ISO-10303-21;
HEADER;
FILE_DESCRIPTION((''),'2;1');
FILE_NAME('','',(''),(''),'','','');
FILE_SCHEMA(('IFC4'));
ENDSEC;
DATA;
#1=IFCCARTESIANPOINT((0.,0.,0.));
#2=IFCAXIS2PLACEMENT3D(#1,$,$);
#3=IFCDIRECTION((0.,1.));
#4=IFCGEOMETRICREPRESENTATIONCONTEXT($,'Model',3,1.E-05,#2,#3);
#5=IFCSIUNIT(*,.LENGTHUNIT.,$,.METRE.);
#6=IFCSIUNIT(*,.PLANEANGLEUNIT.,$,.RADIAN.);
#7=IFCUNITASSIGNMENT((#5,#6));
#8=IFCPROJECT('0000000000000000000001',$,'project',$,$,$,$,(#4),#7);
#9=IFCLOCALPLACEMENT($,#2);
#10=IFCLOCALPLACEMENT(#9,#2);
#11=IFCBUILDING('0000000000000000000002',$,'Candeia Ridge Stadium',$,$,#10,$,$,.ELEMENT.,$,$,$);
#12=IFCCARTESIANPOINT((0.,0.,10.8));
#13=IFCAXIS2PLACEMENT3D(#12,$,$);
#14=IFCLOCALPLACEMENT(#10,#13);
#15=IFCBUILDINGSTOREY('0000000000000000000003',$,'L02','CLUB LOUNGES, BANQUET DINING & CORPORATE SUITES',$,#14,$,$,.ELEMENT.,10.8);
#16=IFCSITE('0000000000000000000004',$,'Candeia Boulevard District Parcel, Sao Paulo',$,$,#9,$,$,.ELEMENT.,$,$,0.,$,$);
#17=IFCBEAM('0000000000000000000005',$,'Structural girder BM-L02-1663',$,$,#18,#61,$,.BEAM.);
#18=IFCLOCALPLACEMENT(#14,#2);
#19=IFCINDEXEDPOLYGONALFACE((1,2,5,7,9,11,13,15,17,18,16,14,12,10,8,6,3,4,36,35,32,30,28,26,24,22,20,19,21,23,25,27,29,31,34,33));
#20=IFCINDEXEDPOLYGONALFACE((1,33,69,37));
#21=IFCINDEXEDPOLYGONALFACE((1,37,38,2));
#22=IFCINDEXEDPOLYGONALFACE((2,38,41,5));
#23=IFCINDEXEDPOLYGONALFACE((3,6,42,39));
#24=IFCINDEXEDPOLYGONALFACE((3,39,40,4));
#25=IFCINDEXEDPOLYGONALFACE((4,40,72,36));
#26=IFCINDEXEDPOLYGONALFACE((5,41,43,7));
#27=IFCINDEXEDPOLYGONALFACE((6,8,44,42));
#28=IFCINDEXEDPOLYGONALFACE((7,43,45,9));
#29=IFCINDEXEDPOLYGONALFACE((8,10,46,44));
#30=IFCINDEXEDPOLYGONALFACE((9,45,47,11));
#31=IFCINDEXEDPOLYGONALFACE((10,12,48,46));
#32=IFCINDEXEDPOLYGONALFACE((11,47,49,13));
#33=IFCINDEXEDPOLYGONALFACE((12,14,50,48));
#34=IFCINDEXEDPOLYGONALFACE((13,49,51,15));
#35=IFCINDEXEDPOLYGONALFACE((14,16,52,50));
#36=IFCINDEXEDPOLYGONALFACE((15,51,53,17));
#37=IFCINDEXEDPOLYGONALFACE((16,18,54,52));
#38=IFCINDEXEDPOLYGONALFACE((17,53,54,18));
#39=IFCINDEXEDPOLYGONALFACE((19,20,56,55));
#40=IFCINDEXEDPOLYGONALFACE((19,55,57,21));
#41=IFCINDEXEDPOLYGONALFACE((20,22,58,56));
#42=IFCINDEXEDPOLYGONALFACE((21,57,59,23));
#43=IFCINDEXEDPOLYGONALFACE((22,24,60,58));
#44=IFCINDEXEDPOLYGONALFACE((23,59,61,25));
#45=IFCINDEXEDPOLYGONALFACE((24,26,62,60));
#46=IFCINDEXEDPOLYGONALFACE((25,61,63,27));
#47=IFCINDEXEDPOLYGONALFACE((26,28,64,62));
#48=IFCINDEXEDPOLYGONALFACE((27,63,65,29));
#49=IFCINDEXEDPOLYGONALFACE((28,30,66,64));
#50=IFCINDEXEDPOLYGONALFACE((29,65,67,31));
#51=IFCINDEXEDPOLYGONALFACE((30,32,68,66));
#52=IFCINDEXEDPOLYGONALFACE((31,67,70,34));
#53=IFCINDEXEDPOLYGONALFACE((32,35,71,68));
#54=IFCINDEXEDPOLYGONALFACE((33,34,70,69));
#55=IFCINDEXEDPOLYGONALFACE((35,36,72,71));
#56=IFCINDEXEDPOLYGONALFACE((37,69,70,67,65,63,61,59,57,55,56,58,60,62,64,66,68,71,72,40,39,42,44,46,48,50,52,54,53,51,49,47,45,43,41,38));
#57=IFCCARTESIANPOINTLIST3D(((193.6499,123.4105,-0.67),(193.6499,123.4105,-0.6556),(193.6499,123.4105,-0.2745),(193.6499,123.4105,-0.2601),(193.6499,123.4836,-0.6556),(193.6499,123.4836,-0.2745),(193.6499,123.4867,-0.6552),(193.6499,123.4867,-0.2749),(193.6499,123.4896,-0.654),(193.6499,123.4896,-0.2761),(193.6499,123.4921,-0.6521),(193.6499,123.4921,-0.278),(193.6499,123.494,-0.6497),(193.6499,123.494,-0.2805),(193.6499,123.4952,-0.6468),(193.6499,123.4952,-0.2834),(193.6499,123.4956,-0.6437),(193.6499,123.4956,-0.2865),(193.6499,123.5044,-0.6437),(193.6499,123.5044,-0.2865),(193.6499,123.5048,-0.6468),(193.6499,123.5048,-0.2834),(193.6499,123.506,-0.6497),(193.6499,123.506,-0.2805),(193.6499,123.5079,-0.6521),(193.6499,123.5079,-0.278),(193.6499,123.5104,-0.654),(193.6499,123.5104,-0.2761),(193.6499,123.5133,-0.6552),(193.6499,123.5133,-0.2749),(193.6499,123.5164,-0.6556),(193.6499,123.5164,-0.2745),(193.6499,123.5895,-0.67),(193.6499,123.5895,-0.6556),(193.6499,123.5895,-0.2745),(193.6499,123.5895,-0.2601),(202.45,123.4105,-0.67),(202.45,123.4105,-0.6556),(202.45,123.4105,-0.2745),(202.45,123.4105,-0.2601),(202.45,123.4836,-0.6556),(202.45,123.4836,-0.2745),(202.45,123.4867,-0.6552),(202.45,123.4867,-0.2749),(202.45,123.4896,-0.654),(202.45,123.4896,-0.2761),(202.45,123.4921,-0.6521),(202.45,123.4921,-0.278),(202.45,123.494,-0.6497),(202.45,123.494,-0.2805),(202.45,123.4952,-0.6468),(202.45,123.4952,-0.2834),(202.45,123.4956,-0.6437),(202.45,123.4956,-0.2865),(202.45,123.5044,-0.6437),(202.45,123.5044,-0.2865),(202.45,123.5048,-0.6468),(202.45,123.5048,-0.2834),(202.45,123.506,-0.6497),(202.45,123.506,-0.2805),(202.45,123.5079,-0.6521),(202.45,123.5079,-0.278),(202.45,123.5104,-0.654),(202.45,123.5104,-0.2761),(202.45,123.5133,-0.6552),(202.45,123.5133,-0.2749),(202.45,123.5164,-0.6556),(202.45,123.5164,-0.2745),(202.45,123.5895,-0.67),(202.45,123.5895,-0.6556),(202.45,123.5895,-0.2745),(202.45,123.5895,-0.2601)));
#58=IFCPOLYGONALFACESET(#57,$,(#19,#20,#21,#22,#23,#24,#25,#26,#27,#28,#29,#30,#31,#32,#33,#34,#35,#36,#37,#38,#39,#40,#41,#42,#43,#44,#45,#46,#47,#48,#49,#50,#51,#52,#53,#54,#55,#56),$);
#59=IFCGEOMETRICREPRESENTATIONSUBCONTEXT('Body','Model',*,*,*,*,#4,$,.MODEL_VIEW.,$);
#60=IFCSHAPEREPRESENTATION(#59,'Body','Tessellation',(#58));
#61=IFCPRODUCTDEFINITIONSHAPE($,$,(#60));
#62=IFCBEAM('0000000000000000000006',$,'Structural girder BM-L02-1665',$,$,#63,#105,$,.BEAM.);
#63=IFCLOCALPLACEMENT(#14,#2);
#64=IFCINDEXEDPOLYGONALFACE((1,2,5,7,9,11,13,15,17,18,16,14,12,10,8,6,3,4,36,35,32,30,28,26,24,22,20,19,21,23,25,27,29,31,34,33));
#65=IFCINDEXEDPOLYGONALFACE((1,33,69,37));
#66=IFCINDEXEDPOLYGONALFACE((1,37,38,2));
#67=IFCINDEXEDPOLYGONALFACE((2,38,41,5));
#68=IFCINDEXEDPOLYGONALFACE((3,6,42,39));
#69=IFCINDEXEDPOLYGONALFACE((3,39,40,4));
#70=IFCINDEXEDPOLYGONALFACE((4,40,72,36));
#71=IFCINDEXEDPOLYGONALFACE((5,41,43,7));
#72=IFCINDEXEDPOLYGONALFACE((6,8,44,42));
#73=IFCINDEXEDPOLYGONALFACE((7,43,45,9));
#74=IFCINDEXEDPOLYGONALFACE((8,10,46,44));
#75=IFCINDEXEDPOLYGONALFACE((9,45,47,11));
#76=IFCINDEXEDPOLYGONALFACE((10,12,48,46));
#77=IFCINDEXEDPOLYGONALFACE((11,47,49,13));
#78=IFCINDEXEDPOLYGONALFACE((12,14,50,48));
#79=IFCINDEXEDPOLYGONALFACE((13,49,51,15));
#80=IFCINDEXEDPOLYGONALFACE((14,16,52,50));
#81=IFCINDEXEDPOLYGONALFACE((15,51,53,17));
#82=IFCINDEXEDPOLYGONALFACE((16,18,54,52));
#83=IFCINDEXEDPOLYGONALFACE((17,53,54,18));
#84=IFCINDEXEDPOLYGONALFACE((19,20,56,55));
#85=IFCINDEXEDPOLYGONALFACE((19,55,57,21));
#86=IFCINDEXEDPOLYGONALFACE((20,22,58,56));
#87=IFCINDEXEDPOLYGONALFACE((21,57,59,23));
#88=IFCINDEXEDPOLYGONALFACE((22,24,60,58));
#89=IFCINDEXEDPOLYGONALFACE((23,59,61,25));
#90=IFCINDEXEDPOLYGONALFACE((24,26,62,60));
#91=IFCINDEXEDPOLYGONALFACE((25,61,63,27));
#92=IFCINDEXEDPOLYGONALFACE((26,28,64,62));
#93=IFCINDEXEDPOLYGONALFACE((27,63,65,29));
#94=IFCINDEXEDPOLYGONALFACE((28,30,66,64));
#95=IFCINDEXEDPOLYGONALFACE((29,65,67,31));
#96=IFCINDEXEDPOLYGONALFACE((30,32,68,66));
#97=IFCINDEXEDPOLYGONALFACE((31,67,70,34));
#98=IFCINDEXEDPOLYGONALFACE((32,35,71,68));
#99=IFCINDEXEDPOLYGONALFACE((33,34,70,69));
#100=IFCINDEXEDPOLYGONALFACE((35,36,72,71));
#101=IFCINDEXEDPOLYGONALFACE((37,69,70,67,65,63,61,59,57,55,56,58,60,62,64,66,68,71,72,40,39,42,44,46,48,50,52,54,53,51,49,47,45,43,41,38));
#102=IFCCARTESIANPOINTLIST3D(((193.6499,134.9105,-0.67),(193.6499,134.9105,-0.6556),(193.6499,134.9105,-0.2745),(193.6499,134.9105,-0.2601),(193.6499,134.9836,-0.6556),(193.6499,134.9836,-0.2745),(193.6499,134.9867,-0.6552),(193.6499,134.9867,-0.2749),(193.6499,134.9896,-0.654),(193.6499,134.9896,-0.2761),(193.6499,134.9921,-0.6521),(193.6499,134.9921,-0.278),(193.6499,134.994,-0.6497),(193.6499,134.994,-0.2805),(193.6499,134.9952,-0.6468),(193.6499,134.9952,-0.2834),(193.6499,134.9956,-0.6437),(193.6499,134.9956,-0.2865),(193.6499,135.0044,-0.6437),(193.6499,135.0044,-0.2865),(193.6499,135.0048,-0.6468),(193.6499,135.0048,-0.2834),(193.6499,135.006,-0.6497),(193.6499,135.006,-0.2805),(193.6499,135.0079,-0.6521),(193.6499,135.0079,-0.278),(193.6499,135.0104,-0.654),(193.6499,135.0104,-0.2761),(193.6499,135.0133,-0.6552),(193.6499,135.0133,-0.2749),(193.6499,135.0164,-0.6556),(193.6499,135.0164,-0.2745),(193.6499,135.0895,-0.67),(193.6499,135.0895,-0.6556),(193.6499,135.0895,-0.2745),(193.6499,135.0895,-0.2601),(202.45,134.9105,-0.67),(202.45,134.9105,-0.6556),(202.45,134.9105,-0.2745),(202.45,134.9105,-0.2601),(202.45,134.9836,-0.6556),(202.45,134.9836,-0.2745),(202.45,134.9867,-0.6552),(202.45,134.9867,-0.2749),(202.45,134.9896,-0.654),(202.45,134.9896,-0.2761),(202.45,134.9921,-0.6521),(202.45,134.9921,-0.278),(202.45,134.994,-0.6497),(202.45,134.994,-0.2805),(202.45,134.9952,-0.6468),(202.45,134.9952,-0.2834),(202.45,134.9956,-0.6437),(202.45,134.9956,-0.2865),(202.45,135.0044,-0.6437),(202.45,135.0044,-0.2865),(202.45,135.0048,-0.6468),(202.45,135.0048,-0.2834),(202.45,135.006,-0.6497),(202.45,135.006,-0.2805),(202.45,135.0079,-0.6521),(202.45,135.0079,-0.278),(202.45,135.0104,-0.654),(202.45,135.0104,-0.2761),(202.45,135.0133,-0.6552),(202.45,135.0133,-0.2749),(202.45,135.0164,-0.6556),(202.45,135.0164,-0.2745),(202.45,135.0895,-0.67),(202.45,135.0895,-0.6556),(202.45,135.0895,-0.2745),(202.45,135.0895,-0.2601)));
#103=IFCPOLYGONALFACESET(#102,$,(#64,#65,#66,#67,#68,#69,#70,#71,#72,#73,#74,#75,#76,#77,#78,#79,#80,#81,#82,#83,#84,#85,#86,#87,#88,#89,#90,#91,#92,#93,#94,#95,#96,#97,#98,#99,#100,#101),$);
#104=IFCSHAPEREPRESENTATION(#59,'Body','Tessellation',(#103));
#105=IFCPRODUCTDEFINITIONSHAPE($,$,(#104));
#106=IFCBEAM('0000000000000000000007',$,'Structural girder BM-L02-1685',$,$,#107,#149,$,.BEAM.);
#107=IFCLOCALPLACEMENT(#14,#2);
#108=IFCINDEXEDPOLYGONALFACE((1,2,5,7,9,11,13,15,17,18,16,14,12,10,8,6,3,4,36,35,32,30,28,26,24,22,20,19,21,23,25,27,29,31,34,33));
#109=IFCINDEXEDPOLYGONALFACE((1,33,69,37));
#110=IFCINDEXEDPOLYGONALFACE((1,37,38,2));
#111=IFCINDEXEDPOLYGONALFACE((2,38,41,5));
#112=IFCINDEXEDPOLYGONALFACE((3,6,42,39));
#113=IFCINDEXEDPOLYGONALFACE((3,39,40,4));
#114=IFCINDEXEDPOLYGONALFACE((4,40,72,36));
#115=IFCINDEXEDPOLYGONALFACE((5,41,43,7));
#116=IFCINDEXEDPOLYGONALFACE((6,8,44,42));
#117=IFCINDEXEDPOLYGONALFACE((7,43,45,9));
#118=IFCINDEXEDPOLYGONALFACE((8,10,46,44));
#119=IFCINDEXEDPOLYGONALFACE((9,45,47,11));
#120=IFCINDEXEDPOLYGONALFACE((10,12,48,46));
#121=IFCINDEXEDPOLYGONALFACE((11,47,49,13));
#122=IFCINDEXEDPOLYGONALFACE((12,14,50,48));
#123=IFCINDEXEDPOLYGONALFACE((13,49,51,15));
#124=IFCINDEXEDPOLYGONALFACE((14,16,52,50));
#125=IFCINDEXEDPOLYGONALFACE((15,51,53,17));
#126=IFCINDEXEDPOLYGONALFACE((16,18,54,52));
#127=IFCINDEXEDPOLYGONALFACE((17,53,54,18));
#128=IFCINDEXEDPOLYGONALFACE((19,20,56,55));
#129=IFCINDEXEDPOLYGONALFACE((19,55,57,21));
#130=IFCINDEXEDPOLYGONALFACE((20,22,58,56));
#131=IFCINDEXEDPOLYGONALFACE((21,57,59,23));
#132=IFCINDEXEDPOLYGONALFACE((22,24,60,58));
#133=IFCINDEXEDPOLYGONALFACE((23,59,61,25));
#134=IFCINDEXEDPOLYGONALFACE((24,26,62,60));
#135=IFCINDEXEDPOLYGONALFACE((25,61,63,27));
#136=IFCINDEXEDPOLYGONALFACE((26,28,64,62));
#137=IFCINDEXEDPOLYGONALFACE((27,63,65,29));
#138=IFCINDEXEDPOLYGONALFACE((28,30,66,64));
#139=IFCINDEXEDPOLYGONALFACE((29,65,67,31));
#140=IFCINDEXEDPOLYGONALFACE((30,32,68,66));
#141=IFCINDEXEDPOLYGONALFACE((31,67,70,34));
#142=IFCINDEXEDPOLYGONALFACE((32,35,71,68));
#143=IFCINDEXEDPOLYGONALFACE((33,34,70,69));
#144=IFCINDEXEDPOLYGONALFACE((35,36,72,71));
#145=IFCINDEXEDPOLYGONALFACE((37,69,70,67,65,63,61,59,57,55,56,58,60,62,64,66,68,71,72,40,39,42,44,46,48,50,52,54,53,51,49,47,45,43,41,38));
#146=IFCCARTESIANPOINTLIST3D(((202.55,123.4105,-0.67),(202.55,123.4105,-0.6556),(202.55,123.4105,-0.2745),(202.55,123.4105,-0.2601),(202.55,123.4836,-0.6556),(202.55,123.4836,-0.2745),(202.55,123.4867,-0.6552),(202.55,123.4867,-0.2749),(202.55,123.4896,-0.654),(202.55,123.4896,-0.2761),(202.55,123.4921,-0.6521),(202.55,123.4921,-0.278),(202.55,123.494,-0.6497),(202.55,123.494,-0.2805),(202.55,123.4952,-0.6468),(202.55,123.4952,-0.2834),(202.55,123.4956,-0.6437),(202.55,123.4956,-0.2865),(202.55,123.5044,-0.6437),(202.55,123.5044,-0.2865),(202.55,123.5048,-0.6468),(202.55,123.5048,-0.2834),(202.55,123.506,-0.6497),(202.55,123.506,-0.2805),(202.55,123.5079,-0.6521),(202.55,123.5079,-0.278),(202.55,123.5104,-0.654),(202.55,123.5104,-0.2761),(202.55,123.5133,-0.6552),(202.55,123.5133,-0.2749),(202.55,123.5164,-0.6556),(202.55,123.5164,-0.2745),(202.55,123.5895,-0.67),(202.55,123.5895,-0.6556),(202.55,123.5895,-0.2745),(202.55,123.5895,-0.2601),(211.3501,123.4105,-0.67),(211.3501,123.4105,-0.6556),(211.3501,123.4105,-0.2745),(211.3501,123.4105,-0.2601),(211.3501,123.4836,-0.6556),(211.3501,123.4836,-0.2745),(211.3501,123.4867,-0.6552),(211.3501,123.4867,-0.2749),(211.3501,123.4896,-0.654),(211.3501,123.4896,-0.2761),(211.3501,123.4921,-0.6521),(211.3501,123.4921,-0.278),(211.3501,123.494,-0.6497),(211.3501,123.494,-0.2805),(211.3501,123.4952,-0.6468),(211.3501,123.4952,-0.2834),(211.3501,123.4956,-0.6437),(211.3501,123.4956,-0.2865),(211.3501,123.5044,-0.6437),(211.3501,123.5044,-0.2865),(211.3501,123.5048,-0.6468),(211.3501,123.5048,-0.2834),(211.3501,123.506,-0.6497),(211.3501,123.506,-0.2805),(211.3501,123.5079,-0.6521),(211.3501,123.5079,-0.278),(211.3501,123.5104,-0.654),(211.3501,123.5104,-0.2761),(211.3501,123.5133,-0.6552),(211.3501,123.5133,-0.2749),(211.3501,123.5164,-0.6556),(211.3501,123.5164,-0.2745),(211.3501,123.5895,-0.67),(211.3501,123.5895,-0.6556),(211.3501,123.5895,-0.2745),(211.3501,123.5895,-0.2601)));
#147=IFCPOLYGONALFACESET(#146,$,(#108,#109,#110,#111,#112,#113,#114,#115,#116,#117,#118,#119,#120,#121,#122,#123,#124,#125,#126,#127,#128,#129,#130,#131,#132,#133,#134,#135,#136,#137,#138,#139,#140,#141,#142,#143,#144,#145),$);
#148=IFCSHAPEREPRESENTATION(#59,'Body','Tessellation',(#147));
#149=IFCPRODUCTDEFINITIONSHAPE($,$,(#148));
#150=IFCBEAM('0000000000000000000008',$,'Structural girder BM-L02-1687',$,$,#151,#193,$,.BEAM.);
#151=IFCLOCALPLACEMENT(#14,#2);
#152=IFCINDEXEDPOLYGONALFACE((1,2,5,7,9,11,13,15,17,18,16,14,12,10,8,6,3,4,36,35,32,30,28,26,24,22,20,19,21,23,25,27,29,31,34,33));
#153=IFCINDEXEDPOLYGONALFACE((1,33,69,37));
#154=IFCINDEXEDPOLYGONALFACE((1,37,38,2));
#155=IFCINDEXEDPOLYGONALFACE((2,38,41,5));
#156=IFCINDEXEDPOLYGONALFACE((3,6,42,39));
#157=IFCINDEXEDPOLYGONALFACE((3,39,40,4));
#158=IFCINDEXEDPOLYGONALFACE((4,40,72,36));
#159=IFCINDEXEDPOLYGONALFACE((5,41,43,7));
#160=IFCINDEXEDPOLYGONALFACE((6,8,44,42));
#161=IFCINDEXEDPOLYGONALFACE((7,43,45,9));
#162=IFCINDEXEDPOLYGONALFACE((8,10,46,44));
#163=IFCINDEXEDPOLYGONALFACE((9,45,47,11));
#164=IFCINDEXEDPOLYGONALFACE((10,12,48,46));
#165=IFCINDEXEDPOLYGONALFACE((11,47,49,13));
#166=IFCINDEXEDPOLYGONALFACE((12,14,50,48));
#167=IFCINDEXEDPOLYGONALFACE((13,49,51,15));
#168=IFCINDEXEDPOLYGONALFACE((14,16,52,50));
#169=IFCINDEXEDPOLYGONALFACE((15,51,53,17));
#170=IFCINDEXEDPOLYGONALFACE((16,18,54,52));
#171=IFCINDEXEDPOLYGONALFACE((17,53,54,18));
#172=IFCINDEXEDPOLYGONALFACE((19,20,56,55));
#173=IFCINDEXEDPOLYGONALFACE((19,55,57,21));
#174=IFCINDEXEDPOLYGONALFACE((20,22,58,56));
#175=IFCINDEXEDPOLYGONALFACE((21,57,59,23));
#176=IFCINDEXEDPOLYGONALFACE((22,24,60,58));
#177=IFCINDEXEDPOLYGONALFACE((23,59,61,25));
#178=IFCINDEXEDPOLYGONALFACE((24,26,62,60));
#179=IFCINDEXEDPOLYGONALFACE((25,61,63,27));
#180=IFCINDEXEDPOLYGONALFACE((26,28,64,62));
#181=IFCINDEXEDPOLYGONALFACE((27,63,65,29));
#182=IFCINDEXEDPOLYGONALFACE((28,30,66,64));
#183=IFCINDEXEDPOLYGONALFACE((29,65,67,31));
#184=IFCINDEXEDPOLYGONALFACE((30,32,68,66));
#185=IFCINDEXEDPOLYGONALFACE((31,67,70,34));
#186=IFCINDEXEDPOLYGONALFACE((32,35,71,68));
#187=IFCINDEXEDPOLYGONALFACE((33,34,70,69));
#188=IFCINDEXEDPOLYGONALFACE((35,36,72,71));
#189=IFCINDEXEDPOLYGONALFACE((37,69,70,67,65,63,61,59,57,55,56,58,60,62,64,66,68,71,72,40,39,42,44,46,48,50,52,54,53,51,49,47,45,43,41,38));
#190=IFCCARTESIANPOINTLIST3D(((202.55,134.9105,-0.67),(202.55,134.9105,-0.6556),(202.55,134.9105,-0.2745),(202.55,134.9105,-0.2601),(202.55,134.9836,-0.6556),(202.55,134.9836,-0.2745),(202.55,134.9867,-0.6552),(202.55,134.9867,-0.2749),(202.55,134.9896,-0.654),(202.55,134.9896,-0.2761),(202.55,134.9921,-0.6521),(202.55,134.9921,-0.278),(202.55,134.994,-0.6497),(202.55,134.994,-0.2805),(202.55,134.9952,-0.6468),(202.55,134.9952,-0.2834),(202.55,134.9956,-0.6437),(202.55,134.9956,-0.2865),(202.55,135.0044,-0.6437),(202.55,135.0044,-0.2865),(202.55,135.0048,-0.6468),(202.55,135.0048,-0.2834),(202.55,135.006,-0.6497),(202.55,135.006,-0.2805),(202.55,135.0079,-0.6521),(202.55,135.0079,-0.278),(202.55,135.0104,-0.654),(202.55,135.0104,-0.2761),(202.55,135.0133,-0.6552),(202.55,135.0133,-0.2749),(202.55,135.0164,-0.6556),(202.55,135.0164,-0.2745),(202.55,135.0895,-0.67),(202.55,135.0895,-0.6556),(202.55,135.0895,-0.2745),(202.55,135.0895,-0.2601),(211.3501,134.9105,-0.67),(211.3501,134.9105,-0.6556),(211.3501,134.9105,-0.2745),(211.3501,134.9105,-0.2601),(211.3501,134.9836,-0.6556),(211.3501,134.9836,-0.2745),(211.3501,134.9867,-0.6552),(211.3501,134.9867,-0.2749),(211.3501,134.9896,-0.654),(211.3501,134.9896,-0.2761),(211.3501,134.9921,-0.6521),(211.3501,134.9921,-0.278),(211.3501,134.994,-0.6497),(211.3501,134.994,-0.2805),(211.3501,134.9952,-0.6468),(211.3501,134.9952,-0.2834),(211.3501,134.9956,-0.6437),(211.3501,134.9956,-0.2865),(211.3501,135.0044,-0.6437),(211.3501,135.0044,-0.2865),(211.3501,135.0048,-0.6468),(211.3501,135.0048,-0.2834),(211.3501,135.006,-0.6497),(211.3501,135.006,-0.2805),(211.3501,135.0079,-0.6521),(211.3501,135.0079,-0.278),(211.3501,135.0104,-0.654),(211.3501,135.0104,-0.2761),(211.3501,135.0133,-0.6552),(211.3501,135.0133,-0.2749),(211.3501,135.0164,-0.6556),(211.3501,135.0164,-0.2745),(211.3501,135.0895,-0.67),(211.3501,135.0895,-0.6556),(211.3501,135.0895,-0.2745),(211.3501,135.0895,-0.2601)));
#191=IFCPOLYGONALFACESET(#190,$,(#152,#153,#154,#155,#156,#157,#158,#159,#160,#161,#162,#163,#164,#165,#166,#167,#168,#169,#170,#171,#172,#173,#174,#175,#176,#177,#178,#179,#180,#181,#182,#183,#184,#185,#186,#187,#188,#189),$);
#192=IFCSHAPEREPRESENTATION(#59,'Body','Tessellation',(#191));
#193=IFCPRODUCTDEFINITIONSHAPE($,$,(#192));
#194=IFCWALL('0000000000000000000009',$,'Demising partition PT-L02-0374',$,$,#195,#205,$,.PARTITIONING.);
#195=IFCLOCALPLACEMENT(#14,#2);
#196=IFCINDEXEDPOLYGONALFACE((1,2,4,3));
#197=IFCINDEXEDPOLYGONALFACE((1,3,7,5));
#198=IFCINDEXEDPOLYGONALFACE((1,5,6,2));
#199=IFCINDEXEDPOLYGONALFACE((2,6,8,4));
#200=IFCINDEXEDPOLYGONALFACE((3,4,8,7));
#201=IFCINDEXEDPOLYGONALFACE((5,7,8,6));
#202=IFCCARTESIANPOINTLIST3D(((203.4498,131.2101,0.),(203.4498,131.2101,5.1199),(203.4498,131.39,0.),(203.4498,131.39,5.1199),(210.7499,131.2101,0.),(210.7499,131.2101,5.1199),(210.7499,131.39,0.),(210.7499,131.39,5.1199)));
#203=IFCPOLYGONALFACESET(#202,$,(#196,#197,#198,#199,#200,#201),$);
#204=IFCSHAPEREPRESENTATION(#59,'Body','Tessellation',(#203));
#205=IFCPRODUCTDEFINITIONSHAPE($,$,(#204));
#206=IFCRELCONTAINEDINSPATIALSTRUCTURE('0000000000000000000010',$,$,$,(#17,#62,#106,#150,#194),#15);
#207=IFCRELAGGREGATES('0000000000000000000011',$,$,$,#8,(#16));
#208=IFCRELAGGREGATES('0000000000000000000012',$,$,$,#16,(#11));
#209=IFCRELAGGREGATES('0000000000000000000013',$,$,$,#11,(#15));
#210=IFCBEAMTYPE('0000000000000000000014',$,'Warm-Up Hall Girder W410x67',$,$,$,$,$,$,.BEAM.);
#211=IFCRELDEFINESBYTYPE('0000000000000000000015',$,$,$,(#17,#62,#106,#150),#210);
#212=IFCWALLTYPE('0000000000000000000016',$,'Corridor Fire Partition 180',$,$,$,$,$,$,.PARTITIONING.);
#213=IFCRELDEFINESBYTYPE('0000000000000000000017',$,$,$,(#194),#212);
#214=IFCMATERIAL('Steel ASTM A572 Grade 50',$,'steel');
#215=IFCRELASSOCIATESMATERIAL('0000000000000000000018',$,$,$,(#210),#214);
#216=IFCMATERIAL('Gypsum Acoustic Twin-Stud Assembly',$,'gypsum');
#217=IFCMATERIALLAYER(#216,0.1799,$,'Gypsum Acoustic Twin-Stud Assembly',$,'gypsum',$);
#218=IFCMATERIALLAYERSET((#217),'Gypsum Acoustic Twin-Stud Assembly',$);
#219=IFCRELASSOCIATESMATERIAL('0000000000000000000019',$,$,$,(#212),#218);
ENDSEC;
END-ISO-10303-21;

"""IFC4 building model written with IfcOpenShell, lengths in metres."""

from ifc_helpers import new_model, si_unit, direction, frame, frame_2d, origin, origin_2d, place, context, subcontext, project, spatial, rectangle, i_section, extrude, material, layer, layer_set, material_profile, profile_set, type_object, element, save


model = new_model("IFC4")

# Units and contexts
model_context = context("Model", 3, precision=1e-05, world=origin(), true_north=direction((0.0, 1.0)))
body_context = subcontext(model_context, "Body", "Model", "MODEL_VIEW")
ifc_project = project(units=[si_unit("LENGTHUNIT", "METRE"), si_unit("PLANEANGLEUNIT", "RADIAN")], contexts=[model_context])

# Site, building, storey
site_placement = place(None, origin())
site = spatial("IfcSite", under=ifc_project, at=site_placement, Name="Candeia Boulevard District Parcel, Sao Paulo", CompositionType="ELEMENT", RefElevation=0.0)
building_placement = place(site_placement, origin())
building = spatial("IfcBuilding", under=site, at=building_placement, Name="Candeia Ridge Stadium", CompositionType="ELEMENT")
storey_placement = place(building_placement, frame((0.0, 0.0, 10.8)))
storey = spatial("IfcBuildingStorey", under=building, at=storey_placement, Name="L02", Description="CLUB LOUNGES, BANQUET DINING & CORPORATE SUITES", CompositionType="ELEMENT", Elevation=10.8)

# Beams
ifc_material_1 = material(Name="Steel ASTM A572 Grade 50", Category="steel")
ifc_material_profile_1 = material_profile(ifc_material_1, i_section(OverallWidth=0.179, OverallDepth=0.4099, WebThickness=0.0088, FlangeThickness=0.0144, FilletRadius=0.012, at=origin_2d()), Name="W410x67", Category="steel")
ifc_profile_set_1 = profile_set([ifc_material_profile_1], Name="Steel ASTM A572 Grade 50")
beam_type_1 = type_object("IfcBeamType", Name="Warm-Up Hall Girder W410x67", PredefinedType="BEAM", material=ifc_profile_set_1)
for number, where, z_axis, x_axis, name in (
    (1, (193.6499, 123.5, -0.4651), (1.0, 0.0, 0.0), (0.0, 1.0, 0.0), "Structural girder BM-L02-1663"),
    (2, (193.6499, 135.0, -0.4651), (1.0, 0.0, 0.0), (0.0, 1.0, 0.0), "Structural girder BM-L02-1665"),
    (3, (202.55, 123.5, -0.4651), (1.0, 0.0, 0.0), (0.0, 1.0, 0.0), "Structural girder BM-L02-1685"),
    (4, (202.55, 135.0, -0.4651), (1.0, 0.0, 0.0), (0.0, 1.0, 0.0), "Structural girder BM-L02-1687"),
):
    element("IfcBeam", number, at=place(storey_placement, frame(where, z_axis=z_axis, x_axis=x_axis)), inside=storey, type_object=beam_type_1, Name=name, PredefinedType="BEAM", context=body_context, shape_type="SweptSolid", body=[
        extrude(i_section(OverallWidth=0.179, OverallDepth=0.4099, WebThickness=0.0088, FlangeThickness=0.0144, FilletRadius=0.012, at=origin_2d()), origin(), (0.0, 0.0, 1.0), 8.8),
    ])

# Wall
ifc_material_2 = material(Name="Gypsum Acoustic Twin-Stud Assembly", Category="gypsum")
ifc_layer_1 = layer(ifc_material_2, 0.1799, Name="Gypsum Acoustic Twin-Stud Assembly", Category="gypsum")
ifc_layer_set_1 = layer_set([ifc_layer_1], Name="Gypsum Acoustic Twin-Stud Assembly")
wall_type_1 = type_object("IfcWallType", Name="Corridor Fire Partition 180", PredefinedType="PARTITIONING", material=ifc_layer_set_1)
wall_1_placement = place(storey_placement, frame((203.45, 131.3, 0.0), z_axis=(0.0, 0.0, 1.0), x_axis=(1.0, 0.0, 0.0)))
element("IfcWall", 5, at=wall_1_placement, inside=storey, type_object=wall_type_1, Name="Demising partition PT-L02-0374", PredefinedType="PARTITIONING", context=body_context, shape_type="SweptSolid", body=[
    extrude(rectangle(XDim=7.3, YDim=0.1799, at=frame_2d((3.6499, 0.0))), origin(), (0.0, 0.0, 1.0), 5.1199),
])

save(model, "model.ifc")
